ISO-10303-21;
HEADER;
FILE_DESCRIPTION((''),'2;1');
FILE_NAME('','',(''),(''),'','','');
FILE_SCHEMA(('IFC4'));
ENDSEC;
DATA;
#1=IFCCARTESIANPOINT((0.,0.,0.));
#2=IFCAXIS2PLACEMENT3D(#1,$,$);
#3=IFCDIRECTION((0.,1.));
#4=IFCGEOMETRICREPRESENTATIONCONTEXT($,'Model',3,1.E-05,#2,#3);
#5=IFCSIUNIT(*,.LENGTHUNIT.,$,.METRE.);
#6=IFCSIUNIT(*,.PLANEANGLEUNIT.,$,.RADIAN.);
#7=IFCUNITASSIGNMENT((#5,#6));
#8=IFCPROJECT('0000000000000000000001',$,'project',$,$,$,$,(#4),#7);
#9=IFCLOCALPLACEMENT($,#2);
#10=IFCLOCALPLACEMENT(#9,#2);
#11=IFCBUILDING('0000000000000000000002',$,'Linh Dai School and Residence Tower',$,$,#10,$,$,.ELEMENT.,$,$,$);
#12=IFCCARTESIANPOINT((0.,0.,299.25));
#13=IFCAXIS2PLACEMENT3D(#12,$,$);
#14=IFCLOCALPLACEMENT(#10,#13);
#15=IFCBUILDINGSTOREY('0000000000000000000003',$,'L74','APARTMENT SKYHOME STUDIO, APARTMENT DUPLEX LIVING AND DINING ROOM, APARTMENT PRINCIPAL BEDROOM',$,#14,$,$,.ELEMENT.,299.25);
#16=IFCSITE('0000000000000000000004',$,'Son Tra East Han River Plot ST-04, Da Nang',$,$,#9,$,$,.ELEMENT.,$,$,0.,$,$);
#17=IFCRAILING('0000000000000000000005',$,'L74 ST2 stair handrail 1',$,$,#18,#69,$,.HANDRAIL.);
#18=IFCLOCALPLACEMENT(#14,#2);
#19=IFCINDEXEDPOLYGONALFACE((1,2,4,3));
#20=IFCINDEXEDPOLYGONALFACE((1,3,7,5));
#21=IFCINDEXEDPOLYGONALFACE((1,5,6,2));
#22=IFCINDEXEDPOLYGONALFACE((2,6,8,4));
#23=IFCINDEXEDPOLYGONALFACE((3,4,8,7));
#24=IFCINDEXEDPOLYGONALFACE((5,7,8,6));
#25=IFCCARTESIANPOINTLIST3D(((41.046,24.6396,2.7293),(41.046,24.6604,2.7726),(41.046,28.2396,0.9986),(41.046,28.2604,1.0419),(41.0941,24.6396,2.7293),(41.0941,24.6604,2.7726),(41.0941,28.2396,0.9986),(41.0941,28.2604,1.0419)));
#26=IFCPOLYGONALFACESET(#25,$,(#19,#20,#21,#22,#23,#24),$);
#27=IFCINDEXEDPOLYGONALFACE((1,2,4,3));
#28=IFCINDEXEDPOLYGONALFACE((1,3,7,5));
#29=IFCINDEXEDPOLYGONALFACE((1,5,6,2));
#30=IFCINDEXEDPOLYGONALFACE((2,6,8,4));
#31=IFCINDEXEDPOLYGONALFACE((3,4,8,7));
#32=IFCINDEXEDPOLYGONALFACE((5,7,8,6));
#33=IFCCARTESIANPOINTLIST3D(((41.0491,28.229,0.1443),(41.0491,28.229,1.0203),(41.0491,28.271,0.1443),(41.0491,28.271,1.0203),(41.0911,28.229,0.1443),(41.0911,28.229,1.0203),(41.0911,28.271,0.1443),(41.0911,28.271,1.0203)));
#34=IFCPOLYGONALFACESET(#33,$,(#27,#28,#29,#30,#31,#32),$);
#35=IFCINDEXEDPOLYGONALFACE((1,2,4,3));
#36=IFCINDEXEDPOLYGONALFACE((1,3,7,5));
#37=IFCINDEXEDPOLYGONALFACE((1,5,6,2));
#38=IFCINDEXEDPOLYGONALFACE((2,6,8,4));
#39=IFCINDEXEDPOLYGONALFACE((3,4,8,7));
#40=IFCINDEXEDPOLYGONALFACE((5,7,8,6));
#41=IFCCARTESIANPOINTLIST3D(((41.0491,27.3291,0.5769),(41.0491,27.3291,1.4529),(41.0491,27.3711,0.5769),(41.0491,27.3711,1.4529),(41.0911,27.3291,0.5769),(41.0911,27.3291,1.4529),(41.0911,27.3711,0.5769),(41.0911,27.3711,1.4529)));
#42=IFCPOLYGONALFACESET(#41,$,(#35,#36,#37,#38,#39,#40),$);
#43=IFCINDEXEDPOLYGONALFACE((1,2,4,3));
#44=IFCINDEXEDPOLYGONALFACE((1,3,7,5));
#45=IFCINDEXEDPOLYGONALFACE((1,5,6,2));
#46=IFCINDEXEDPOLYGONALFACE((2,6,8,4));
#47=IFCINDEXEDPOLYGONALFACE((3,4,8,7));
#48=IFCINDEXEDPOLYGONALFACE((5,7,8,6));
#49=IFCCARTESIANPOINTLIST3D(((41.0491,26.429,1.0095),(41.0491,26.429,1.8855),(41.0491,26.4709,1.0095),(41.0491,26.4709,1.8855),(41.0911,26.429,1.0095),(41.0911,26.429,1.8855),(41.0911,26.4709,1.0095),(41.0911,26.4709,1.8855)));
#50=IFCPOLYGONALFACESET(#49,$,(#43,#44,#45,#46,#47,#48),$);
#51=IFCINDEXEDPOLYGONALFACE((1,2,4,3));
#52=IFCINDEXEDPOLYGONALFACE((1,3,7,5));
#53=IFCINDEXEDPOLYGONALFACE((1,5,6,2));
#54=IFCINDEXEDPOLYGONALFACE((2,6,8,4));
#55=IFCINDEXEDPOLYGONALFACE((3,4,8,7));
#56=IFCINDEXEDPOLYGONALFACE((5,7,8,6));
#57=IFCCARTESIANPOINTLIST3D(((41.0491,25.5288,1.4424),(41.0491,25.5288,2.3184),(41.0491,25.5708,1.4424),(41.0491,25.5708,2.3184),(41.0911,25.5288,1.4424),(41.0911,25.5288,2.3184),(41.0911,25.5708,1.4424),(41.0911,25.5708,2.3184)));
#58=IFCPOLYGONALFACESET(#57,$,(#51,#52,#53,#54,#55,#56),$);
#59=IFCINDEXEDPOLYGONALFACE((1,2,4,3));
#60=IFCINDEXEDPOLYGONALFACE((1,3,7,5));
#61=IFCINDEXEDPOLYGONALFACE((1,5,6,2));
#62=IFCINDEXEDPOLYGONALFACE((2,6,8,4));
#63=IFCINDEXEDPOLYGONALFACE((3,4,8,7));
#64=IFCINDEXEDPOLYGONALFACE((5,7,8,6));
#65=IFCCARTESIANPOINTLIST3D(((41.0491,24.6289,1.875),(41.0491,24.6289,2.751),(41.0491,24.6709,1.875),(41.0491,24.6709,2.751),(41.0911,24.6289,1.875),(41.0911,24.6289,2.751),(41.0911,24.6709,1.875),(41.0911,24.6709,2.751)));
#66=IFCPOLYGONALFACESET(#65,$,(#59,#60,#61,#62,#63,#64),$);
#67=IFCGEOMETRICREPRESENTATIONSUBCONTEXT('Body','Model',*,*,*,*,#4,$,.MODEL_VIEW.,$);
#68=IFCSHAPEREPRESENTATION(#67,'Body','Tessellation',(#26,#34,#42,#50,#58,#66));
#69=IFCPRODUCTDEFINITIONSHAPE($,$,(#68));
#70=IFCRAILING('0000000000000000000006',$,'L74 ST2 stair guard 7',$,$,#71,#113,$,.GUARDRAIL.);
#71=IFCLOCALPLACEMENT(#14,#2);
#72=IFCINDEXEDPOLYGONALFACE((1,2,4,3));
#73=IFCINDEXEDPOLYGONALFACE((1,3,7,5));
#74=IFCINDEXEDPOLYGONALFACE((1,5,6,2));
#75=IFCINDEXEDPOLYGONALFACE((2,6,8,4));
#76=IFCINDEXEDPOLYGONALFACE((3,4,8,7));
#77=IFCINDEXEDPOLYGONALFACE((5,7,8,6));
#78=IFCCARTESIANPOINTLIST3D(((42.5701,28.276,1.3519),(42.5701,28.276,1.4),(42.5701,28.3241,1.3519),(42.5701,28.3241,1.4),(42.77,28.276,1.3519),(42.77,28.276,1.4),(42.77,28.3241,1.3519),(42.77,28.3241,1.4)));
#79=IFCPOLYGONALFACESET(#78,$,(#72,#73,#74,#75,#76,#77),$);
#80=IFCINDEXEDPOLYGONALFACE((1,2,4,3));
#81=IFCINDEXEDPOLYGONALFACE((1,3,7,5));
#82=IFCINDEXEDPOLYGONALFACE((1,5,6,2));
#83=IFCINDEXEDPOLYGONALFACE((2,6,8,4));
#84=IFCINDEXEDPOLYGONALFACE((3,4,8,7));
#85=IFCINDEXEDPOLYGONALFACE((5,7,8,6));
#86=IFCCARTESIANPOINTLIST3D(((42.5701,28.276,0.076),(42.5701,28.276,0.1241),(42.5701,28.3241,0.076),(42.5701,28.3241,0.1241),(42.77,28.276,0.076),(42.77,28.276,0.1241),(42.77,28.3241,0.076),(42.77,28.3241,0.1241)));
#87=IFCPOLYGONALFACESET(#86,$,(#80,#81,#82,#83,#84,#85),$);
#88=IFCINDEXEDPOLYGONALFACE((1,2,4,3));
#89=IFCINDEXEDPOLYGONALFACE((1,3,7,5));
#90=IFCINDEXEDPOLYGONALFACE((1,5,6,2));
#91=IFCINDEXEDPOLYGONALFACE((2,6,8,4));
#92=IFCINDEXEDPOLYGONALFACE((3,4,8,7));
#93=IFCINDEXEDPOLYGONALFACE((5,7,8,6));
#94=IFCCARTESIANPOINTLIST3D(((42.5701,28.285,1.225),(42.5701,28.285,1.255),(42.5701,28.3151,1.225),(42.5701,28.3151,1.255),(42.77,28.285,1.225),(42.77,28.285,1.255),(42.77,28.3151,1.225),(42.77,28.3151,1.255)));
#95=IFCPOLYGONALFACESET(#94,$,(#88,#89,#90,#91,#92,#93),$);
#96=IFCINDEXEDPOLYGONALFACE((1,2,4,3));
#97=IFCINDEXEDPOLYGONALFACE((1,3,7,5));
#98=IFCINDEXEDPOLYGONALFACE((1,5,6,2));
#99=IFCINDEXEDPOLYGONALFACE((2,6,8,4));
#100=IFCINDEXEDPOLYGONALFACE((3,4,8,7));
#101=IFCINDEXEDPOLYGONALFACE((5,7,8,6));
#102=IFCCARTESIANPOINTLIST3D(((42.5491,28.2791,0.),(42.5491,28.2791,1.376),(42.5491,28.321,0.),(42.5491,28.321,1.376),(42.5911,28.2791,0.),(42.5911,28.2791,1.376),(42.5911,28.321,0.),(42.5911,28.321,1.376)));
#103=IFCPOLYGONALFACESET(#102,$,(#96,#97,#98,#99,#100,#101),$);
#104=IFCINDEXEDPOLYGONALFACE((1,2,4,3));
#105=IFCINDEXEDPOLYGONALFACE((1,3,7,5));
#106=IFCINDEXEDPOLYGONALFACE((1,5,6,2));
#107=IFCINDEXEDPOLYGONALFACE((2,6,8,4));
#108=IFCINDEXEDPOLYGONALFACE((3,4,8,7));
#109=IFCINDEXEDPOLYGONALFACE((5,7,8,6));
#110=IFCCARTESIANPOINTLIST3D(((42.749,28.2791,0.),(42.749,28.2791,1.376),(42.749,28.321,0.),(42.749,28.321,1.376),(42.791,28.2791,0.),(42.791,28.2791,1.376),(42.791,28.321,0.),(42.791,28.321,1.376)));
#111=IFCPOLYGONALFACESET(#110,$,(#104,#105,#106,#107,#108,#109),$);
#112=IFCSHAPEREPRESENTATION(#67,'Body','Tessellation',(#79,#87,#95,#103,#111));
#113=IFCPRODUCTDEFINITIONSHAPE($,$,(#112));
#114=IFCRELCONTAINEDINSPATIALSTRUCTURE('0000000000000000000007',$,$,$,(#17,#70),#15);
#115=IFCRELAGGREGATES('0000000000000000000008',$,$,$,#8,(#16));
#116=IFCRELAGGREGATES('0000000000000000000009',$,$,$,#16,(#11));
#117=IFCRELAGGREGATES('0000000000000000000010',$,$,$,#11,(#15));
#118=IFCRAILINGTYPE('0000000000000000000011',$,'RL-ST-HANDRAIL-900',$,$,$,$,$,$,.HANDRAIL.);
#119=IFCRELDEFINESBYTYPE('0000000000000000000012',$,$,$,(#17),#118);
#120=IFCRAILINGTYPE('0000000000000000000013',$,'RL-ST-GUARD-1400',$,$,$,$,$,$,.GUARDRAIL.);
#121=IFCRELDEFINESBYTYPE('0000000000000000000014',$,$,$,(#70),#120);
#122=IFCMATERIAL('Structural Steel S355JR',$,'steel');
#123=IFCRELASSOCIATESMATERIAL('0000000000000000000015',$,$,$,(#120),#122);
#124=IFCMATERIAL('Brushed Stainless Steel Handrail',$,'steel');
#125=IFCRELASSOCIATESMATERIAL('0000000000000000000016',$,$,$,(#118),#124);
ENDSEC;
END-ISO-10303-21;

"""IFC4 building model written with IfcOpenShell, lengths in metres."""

from ifc_helpers import new_model, si_unit, direction, frame, origin, origin_2d, place, context, subcontext, project, spatial, rectangle, extrude, source, transform, mapped, material, type_object, element, save


model = new_model("IFC4")

# Units and contexts
model_context = context("Model", 3, precision=1e-05, world=origin(), true_north=direction((0.0, 1.0)))
body_context = subcontext(model_context, "Body", "Model", "MODEL_VIEW")
ifc_project = project(units=[si_unit("LENGTHUNIT", "METRE"), si_unit("PLANEANGLEUNIT", "RADIAN")], contexts=[model_context])

# Site, building, storey
site_placement = place(None, origin())
site = spatial("IfcSite", under=ifc_project, at=site_placement, Name="Son Tra East Han River Plot ST-04, Da Nang", CompositionType="ELEMENT", RefElevation=0.0)
building_placement = place(site_placement, origin())
building = spatial("IfcBuilding", under=site, at=building_placement, Name="Linh Dai School and Residence Tower", CompositionType="ELEMENT")
storey_placement = place(building_placement, frame((0.0, 0.0, 299.25)))
storey = spatial("IfcBuildingStorey", under=building, at=storey_placement, Name="L74", Description="APARTMENT SKYHOME STUDIO, APARTMENT DUPLEX LIVING AND DINING ROOM, APARTMENT PRINCIPAL BEDROOM", CompositionType="ELEMENT", Elevation=299.25)

# Shared definitions
ifc_material_1 = material(Name="Structural Steel S355JR", Category="steel")

# Railings
railing_type_1 = type_object("IfcRailingType", Name="RL-ST-GUARD-1400", PredefinedType="GUARDRAIL", material=ifc_material_1)
ifc_material_2 = material(Name="Brushed Stainless Steel Handrail", Category="steel")
railing_type_2 = type_object("IfcRailingType", Name="RL-ST-HANDRAIL-900", PredefinedType="HANDRAIL", material=ifc_material_2)
shared_shape_1 = source(origin(), body_context, "Body", "SweptSolid", [
    extrude(rectangle(XDim=0.0481, YDim=0.0481, at=origin_2d()), frame((0.0, 0.0, 0.876), z_axis=(0.0, -0.901263, 0.433273), x_axis=(1.0, 0.0, 0.0)), (0.0, 0.0, 1.0), 3.9944),
    extrude(rectangle(XDim=0.042, YDim=0.042, at=origin_2d()), origin(), (0.0, 0.0, 1.0), 0.876),
    extrude(rectangle(XDim=0.042, YDim=0.042, at=origin_2d()), frame((0.0, -0.8999, 0.4326)), (0.0, 0.0, 1.0), 0.876),
    extrude(rectangle(XDim=0.042, YDim=0.042, at=origin_2d()), frame((0.0, -1.8, 0.8652)), (0.0, 0.0, 1.0), 0.876),
    extrude(rectangle(XDim=0.042, YDim=0.042, at=origin_2d()), frame((0.0, -2.7002, 1.2981)), (0.0, 0.0, 1.0), 0.876),
    extrude(rectangle(XDim=0.042, YDim=0.042, at=origin_2d()), frame((0.0, -3.6001, 1.7307)), (0.0, 0.0, 1.0), 0.876),
])
railing_1_placement = place(storey_placement, frame((41.0701, 28.25, 0.1443)))
element("IfcRailing", 1, at=railing_1_placement, inside=storey, type_object=railing_type_2, Name="L74 ST2 stair handrail 1", PredefinedType="HANDRAIL", context=body_context, shape_type="MappedRepresentation", body=[
    mapped(shared_shape_1, transform((0.0, 0.0, 0.0), x_axis=(1.0, 0.0, 0.0), y_axis=(0.0, 1.0, 0.0), z_axis=(0.0, 0.0, 1.0), scale=1.0)),
])
shared_shape_2 = source(origin(), body_context, "Body", "SweptSolid", [
    extrude(rectangle(XDim=0.0481, YDim=0.0481, at=origin_2d()), frame((0.0, 0.0, 1.376), z_axis=(1.0, 0.0, 0.0), x_axis=(0.0, 1.0, 0.0)), (0.0, 0.0, 1.0), 0.2),
    extrude(rectangle(XDim=0.0481, YDim=0.0481, at=origin_2d()), frame((0.0, 0.0, 0.1001), z_axis=(1.0, 0.0, 0.0), x_axis=(0.0, 1.0, 0.0)), (0.0, 0.0, 1.0), 0.2),
    extrude(rectangle(XDim=0.03, YDim=0.03, at=origin_2d()), frame((0.0, 0.0, 1.24), z_axis=(1.0, 0.0, 0.0), x_axis=(0.0, 1.0, 0.0)), (0.0, 0.0, 1.0), 0.2),
    extrude(rectangle(XDim=0.042, YDim=0.042, at=origin_2d()), origin(), (0.0, 0.0, 1.0), 1.376),
    extrude(rectangle(XDim=0.042, YDim=0.042, at=origin_2d()), frame((0.2, 0.0, 0.0)), (0.0, 0.0, 1.0), 1.376),
])
railing_2_placement = place(storey_placement, frame((42.5701, 28.3, 0.0)))
element("IfcRailing", 2, at=railing_2_placement, inside=storey, type_object=railing_type_1, Name="L74 ST2 stair guard 7", PredefinedType="GUARDRAIL", context=body_context, shape_type="MappedRepresentation", body=[
    mapped(shared_shape_2, transform((0.0, 0.0, 0.0), x_axis=(1.0, 0.0, 0.0), y_axis=(0.0, 1.0, 0.0), z_axis=(0.0, 0.0, 1.0), scale=1.0)),
])

save(model, "model.ifc")
